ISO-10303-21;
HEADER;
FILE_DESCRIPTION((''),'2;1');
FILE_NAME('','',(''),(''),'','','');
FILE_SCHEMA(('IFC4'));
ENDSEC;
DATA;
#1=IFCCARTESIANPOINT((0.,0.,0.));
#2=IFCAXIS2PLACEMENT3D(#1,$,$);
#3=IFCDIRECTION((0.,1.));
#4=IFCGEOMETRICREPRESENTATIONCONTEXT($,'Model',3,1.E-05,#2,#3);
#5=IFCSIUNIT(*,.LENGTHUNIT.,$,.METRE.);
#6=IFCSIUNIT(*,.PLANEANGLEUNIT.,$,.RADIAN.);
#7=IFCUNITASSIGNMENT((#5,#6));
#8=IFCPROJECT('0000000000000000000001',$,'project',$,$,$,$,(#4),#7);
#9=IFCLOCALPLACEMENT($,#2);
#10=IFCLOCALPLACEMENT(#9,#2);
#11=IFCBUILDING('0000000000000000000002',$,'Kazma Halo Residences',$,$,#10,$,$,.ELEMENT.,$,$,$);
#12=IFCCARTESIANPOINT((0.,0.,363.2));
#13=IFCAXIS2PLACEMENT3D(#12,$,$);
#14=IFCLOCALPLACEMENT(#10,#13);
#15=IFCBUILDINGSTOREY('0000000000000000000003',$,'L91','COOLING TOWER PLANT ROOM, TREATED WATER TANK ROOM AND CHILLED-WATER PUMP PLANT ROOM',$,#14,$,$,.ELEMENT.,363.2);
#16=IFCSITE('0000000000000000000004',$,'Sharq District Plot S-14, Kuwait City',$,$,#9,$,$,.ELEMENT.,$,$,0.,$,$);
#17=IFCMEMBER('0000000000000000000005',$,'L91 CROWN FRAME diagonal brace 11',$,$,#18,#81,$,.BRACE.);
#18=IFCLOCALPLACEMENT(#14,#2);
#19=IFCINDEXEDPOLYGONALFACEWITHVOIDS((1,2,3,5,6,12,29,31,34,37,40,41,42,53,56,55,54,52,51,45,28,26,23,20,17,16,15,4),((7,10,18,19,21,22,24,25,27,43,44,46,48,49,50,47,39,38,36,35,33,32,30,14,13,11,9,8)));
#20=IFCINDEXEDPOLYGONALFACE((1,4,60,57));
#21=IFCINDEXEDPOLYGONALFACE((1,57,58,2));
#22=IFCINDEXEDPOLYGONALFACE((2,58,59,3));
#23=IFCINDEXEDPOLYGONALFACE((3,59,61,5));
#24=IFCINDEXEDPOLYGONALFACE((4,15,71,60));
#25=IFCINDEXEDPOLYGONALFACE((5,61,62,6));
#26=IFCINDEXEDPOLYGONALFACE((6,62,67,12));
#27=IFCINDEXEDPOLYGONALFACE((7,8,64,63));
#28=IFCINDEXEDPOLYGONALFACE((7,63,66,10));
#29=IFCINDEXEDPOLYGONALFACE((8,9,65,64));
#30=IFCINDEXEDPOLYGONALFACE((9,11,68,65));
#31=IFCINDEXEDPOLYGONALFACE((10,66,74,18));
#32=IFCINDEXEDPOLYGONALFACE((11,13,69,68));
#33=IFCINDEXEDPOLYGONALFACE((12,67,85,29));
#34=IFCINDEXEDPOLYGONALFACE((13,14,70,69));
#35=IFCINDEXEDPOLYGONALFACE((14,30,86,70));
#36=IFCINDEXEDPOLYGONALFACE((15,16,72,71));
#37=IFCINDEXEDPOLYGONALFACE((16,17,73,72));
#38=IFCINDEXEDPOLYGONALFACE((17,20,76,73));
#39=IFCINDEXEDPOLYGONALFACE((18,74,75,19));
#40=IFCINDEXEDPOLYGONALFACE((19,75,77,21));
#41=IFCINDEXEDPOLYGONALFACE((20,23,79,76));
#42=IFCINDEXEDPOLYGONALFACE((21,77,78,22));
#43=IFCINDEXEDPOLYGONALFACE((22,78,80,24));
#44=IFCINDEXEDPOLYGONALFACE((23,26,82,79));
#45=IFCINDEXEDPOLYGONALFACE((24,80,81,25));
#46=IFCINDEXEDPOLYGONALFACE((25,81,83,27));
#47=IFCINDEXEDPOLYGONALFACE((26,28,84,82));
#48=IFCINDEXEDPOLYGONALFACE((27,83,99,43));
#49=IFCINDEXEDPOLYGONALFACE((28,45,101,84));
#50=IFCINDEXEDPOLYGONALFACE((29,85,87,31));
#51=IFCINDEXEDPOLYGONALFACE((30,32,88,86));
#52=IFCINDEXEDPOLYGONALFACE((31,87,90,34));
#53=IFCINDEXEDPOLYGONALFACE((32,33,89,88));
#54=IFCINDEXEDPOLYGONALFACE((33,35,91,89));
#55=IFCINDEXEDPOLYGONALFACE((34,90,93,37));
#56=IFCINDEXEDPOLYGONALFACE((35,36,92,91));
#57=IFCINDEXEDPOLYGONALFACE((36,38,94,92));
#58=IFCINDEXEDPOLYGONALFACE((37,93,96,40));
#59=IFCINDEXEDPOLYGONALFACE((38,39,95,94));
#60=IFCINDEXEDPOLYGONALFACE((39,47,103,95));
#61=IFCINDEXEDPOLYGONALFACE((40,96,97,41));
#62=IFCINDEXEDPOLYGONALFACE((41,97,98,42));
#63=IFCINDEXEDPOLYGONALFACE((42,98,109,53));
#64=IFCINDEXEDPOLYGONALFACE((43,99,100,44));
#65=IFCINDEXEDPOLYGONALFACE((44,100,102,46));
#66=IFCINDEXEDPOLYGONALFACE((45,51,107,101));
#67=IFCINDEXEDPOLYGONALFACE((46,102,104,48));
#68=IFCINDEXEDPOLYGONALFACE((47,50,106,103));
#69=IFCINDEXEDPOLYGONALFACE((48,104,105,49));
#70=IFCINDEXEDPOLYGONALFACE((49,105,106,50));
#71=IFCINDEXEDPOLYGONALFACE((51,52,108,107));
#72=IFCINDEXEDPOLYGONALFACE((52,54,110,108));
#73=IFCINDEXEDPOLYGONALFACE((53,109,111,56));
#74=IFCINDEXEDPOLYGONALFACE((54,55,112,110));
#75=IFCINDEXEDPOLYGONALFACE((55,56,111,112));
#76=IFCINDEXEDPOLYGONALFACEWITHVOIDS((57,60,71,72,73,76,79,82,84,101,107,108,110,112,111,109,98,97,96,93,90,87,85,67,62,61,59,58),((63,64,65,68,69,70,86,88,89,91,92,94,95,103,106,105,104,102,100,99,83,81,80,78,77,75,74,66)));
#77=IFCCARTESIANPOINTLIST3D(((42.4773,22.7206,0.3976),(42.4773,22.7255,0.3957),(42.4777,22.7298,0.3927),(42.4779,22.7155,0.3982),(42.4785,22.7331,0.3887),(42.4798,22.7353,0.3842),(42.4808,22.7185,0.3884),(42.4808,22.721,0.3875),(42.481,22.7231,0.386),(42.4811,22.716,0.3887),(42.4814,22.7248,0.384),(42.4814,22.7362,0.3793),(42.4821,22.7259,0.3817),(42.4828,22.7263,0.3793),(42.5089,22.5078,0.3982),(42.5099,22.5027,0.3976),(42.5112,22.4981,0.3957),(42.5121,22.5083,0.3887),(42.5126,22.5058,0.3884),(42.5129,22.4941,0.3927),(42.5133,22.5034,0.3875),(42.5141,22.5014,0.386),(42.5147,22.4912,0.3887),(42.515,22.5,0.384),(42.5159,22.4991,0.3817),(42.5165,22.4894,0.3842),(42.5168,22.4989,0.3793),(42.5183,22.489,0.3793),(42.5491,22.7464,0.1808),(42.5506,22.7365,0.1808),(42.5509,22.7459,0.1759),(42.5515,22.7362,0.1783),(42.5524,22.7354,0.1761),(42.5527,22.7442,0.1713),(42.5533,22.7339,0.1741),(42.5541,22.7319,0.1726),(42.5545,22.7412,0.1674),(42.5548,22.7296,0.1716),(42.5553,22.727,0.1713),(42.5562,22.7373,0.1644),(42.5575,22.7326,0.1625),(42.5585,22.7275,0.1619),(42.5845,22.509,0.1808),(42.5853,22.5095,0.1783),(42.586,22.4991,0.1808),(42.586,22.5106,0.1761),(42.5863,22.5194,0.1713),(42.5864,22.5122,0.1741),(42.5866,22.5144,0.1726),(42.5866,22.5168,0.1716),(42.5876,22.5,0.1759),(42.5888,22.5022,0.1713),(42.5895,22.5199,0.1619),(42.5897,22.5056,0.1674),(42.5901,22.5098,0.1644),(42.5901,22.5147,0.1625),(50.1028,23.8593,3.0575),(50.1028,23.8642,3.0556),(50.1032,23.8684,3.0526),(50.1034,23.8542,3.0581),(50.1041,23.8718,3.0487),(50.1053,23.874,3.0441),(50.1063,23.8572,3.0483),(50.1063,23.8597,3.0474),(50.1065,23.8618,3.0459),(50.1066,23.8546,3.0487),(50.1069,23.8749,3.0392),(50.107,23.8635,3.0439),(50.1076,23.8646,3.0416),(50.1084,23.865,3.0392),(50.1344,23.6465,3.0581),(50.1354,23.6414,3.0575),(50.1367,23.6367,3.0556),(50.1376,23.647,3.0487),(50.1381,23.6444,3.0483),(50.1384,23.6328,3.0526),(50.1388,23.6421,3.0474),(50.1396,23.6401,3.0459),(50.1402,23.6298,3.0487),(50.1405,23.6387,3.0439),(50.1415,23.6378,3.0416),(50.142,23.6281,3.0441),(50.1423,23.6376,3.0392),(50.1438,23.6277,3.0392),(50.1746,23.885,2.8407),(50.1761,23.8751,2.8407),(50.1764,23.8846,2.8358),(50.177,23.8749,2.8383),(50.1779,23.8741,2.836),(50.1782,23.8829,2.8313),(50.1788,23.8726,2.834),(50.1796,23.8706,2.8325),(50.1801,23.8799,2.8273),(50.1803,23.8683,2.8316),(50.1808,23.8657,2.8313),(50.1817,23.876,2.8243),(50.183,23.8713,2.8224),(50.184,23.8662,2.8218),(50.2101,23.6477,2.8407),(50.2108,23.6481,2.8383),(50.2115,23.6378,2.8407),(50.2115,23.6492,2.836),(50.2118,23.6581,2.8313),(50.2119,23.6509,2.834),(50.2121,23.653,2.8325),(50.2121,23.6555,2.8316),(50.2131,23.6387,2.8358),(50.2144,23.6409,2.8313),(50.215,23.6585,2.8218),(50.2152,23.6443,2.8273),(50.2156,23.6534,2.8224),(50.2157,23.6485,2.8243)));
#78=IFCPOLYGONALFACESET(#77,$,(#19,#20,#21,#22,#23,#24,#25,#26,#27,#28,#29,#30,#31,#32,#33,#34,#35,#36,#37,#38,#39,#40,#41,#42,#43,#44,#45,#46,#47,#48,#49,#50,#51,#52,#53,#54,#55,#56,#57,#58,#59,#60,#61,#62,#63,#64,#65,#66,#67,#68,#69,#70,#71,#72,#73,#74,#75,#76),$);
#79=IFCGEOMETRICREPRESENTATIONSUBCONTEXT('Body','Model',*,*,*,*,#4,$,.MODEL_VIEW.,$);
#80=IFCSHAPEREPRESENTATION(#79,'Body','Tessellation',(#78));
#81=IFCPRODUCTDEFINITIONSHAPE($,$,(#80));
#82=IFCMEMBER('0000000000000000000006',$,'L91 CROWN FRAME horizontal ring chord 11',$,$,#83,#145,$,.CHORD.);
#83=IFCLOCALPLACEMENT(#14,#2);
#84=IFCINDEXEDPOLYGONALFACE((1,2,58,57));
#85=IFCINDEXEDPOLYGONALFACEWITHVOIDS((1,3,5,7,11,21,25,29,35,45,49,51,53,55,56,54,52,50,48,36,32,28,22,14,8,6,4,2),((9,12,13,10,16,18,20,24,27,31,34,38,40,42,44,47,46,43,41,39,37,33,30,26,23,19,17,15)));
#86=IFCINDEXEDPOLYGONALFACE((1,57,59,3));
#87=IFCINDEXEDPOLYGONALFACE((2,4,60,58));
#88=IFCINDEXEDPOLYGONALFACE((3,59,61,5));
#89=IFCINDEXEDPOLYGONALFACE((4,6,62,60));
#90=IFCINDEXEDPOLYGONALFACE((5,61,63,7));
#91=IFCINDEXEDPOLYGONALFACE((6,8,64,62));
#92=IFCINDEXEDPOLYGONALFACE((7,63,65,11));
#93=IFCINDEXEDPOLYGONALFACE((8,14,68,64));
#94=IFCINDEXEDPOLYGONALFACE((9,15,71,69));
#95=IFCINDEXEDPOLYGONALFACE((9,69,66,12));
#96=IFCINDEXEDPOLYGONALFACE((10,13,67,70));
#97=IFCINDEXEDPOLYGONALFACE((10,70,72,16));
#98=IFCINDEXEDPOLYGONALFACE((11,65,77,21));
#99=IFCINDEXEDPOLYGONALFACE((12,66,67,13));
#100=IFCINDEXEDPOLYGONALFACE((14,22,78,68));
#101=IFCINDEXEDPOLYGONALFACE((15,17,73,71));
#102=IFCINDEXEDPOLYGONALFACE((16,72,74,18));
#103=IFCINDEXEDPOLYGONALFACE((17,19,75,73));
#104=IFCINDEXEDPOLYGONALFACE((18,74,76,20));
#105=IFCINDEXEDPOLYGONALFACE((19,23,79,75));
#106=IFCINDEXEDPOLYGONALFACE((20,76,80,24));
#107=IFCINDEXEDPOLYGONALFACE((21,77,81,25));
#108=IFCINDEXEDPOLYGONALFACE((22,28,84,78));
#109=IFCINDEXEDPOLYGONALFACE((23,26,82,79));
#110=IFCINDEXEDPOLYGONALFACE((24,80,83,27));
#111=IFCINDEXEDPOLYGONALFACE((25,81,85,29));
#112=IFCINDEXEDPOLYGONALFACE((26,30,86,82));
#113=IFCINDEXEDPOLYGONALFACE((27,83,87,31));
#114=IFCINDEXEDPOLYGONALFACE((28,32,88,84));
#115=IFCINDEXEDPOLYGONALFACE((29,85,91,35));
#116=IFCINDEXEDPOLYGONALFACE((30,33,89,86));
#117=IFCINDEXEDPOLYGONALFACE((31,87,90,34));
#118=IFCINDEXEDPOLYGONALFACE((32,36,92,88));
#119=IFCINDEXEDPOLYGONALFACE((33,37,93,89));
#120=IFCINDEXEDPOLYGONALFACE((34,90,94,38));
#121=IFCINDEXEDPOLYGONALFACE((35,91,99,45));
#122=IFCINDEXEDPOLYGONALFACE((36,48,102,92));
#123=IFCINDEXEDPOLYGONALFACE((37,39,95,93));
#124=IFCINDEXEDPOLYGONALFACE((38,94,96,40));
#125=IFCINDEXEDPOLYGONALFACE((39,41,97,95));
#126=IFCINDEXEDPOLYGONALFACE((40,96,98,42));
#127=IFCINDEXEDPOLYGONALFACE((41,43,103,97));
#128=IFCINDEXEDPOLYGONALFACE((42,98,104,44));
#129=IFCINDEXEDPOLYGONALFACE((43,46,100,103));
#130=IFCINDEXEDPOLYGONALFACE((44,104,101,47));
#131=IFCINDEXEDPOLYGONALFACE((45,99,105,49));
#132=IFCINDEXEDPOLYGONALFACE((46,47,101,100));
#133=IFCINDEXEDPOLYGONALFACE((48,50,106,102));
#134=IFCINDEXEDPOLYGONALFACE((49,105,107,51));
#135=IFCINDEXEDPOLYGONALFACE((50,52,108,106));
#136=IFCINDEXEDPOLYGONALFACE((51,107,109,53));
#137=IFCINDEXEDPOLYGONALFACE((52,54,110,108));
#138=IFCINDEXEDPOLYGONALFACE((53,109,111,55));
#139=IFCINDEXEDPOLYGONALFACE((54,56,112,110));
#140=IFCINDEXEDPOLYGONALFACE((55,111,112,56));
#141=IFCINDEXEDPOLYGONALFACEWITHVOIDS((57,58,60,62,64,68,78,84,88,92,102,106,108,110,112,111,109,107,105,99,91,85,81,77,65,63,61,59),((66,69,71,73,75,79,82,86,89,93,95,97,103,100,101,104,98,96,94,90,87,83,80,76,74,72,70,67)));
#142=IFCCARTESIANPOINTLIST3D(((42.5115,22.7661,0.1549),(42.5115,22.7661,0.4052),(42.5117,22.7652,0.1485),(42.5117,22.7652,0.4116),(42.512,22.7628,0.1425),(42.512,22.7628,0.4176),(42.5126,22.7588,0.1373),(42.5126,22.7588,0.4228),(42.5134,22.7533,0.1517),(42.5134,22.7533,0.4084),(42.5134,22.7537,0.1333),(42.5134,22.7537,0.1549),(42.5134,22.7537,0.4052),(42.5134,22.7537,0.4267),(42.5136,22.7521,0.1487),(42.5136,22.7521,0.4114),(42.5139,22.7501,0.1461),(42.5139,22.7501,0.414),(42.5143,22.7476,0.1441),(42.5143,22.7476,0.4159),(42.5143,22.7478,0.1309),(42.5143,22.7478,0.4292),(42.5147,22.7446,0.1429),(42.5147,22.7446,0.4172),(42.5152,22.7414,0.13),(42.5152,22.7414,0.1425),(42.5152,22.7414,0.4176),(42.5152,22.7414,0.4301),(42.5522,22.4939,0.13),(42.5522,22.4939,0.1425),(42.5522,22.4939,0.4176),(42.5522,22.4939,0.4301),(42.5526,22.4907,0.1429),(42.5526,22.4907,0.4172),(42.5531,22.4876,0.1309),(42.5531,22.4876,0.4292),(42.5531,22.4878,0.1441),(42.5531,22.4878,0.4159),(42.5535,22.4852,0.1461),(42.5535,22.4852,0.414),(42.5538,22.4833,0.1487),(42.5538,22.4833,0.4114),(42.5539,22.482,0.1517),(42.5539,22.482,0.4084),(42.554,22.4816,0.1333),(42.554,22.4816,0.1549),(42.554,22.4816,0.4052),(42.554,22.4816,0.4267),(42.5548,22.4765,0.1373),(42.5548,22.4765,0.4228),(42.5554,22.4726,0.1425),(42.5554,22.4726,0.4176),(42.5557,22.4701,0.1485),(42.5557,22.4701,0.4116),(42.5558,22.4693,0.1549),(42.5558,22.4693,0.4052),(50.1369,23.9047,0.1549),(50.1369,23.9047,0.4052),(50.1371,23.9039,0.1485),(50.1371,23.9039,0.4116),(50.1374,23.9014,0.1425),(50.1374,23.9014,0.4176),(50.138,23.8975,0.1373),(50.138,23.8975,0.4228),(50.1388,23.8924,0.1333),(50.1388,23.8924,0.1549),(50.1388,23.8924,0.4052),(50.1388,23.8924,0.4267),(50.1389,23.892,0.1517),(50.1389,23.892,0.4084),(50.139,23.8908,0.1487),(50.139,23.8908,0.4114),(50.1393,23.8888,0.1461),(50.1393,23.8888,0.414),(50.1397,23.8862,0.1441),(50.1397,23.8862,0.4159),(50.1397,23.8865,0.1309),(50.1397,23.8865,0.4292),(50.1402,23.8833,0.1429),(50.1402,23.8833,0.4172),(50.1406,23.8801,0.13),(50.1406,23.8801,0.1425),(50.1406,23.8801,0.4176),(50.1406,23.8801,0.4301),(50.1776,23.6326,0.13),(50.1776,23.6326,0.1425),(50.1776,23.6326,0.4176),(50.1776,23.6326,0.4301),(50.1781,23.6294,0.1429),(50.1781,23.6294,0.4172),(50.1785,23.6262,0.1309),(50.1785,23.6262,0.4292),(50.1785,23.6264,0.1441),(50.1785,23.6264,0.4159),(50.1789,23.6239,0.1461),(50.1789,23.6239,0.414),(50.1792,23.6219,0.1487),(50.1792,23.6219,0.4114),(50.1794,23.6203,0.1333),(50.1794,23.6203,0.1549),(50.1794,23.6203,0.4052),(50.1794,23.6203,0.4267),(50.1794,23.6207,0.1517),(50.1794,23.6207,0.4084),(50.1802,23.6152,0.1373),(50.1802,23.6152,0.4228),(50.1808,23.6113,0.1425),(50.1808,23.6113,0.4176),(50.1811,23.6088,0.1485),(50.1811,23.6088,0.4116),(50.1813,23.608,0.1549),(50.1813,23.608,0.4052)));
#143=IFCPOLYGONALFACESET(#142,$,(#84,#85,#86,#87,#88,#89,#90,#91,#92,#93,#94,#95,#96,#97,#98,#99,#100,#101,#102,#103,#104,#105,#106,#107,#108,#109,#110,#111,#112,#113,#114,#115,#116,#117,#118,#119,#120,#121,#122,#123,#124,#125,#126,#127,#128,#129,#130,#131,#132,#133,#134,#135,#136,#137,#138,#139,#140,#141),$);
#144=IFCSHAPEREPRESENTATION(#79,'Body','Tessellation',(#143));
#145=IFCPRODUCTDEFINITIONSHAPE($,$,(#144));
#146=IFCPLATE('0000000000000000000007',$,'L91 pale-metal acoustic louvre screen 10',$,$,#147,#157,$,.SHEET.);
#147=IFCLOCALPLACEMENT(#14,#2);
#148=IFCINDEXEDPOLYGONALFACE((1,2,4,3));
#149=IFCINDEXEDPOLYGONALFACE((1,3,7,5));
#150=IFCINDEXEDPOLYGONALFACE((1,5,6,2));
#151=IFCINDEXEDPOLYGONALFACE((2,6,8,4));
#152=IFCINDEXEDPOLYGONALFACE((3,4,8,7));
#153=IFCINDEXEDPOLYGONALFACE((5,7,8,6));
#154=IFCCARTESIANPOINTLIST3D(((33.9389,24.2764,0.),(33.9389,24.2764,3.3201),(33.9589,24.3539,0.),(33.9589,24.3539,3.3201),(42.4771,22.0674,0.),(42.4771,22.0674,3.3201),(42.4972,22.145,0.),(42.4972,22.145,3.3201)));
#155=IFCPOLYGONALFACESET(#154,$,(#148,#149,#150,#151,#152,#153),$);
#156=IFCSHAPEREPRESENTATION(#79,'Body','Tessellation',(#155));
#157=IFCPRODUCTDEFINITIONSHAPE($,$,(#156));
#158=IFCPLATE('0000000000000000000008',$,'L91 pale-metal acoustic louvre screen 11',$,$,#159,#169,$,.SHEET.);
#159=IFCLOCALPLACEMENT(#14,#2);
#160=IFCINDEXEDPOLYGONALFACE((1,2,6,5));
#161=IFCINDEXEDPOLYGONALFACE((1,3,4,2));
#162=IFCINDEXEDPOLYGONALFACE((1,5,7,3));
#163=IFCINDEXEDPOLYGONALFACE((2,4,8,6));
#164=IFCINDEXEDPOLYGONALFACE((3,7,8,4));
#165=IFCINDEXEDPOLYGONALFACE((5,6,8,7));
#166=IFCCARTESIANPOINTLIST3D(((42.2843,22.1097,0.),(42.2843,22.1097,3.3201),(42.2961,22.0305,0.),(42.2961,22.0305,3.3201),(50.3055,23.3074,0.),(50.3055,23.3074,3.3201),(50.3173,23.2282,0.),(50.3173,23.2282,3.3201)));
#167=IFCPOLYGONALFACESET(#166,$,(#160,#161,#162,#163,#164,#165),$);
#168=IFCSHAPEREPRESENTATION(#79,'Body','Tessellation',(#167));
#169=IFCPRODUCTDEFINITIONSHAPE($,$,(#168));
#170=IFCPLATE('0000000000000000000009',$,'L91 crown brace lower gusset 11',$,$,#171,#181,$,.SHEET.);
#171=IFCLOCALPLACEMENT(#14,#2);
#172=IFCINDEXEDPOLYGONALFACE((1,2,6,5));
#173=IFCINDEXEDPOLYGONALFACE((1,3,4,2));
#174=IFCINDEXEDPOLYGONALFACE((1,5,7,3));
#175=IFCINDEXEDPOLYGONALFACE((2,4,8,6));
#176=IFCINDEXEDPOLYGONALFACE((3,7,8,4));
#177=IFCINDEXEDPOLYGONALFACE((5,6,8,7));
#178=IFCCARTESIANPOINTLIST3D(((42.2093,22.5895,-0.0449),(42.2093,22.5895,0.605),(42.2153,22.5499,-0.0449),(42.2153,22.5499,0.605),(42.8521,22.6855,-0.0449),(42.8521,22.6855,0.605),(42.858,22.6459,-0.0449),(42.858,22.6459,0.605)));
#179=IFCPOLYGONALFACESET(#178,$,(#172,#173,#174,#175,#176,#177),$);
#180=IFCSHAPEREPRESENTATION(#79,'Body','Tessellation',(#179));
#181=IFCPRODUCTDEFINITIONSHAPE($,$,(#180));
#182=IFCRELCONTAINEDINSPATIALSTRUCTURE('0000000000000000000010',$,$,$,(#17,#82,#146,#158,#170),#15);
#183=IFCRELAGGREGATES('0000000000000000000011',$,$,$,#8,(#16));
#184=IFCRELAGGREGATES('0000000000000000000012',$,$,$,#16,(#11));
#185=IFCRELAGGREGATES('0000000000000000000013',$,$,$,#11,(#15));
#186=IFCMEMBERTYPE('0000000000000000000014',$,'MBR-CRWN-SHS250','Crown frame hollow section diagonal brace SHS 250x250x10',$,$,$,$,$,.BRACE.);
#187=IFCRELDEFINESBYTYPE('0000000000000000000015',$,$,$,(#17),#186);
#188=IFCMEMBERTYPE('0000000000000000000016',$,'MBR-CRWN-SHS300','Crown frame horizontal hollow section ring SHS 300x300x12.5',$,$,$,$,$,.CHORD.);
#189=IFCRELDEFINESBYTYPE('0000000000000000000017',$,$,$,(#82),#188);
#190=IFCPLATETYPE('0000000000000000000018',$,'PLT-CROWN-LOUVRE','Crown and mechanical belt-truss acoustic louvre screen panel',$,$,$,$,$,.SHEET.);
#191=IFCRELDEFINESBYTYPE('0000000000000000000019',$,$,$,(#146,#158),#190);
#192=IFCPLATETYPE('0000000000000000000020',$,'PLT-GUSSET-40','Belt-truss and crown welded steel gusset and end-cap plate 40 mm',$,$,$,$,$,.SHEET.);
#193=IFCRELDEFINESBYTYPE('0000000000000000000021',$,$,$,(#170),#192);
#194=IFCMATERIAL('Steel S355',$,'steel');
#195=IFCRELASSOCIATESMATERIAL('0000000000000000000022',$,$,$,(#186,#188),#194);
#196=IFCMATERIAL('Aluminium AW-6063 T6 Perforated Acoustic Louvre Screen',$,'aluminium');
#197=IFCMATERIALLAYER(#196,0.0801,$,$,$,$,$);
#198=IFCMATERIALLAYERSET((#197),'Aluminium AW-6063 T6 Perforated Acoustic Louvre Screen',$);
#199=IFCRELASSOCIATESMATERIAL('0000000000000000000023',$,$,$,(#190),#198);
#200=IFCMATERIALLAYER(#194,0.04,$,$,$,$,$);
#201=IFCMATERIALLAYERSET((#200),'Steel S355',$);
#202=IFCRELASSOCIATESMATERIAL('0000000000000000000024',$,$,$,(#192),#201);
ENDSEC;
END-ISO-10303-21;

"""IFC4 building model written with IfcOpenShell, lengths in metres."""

from ifc_helpers import new_model, si_unit, direction, frame, origin, origin_2d, place, context, subcontext, project, spatial, rectangle, hollow_rectangle, extrude, material, layer, layer_set, material_profile, profile_set, type_object, element, save


model = new_model("IFC4")

# Units and contexts
model_context = context("Model", 3, precision=1e-05, world=origin(), true_north=direction((0.0, 1.0)))
body_context = subcontext(model_context, "Body", "Model", "MODEL_VIEW")
ifc_project = project(units=[si_unit("LENGTHUNIT", "METRE"), si_unit("PLANEANGLEUNIT", "RADIAN")], contexts=[model_context])

# Site, building, storey
site_placement = place(None, origin())
site = spatial("IfcSite", under=ifc_project, at=site_placement, Name="Sharq District Plot S-14, Kuwait City", CompositionType="ELEMENT", RefElevation=0.0)
building_placement = place(site_placement, origin())
building = spatial("IfcBuilding", under=site, at=building_placement, Name="Kazma Halo Residences", CompositionType="ELEMENT")
storey_placement = place(building_placement, frame((0.0, 0.0, 363.2)))
storey = spatial("IfcBuildingStorey", under=building, at=storey_placement, Name="L91", Description="COOLING TOWER PLANT ROOM, TREATED WATER TANK ROOM AND CHILLED-WATER PUMP PLANT ROOM", CompositionType="ELEMENT", Elevation=363.2)

# Shared definitions
ifc_material_1 = material(Name="Steel S355", Category="steel")

# Members
ifc_material_profile_1 = material_profile(ifc_material_1, hollow_rectangle(XDim=0.25, YDim=0.25, WallThickness=0.01, InnerFilletRadius=0.01, OuterFilletRadius=0.02, at=origin_2d()), Name="SHS250x250x10")
ifc_profile_set_1 = profile_set([ifc_material_profile_1], Name="Steel S355")
member_type_1 = type_object("IfcMemberType", Name="MBR-CRWN-SHS250", Description="Crown frame hollow section diagonal brace SHS 250x250x10", PredefinedType="BRACE", material=ifc_profile_set_1)
member_1_placement = place(storey_placement, frame((42.5337, 22.6177, 0.28), z_axis=(0.934958, 0.139612, 0.326131), x_axis=(-0.147687, 0.989034, 0.0)))
element("IfcMember", 1, at=member_1_placement, inside=storey, type_object=member_type_1, Name="L91 CROWN FRAME diagonal brace 11", PredefinedType="BRACE", context=body_context, shape_type="SweptSolid", body=[
    extrude(hollow_rectangle(XDim=0.25, YDim=0.25, WallThickness=0.01, InnerFilletRadius=0.01, OuterFilletRadius=0.02, at=origin_2d()), origin(), (0.0, 0.0, 1.0), 8.156),
])
ifc_material_profile_2 = material_profile(ifc_material_1, hollow_rectangle(XDim=0.3, YDim=0.3, WallThickness=0.0125, InnerFilletRadius=0.0125, OuterFilletRadius=0.0249, at=origin_2d()), Name="SHS300x300x12.5")
ifc_profile_set_2 = profile_set([ifc_material_profile_2], Name="Steel S355")
member_type_2 = type_object("IfcMemberType", Name="MBR-CRWN-SHS300", Description="Crown frame horizontal hollow section ring SHS 300x300x12.5", PredefinedType="CHORD", material=ifc_profile_set_2)
member_2_placement = place(storey_placement, frame((42.5337, 22.6177, 0.28), z_axis=(0.989034, 0.147687, 0.0), x_axis=(-0.147687, 0.989034, 0.0)))
element("IfcMember", 2, at=member_2_placement, inside=storey, type_object=member_type_2, Name="L91 CROWN FRAME horizontal ring chord 11", PredefinedType="CHORD", context=body_context, shape_type="SweptSolid", body=[
    extrude(hollow_rectangle(XDim=0.3, YDim=0.3, WallThickness=0.0125, InnerFilletRadius=0.0125, OuterFilletRadius=0.0249, at=origin_2d()), origin(), (0.0, 0.0, 1.0), 7.71),
])

# Plates
ifc_material_2 = material(Name="Aluminium AW-6063 T6 Perforated Acoustic Louvre Screen", Category="aluminium")
ifc_layer_1 = layer(ifc_material_2, 0.0801)
ifc_layer_set_1 = layer_set([ifc_layer_1], Name="Aluminium AW-6063 T6 Perforated Acoustic Louvre Screen")
plate_type_1 = type_object("IfcPlateType", Name="PLT-CROWN-LOUVRE", Description="Crown and mechanical belt-truss acoustic louvre screen panel", PredefinedType="SHEET", material=ifc_layer_set_1)
plate_1_placement = place(storey_placement, frame((38.218, 23.2107, 0.0), z_axis=(0.0, 0.0, 1.0), x_axis=(0.968124, -0.25047, 0.0)))
element("IfcPlate", 3, at=plate_1_placement, inside=storey, type_object=plate_type_1, Name="L91 pale-metal acoustic louvre screen 10", PredefinedType="SHEET", context=body_context, shape_type="SweptSolid", body=[
    extrude(rectangle(XDim=8.8193, YDim=0.0801, at=origin_2d()), origin(), (0.0, 0.0, 1.0), 3.3201),
])
plate_2_placement = place(storey_placement, frame((46.3008, 22.6689, 0.0), z_axis=(0.0, 0.0, 1.0), x_axis=(0.989034, 0.147687, 0.0)))
element("IfcPlate", 4, at=plate_2_placement, inside=storey, type_object=plate_type_1, Name="L91 pale-metal acoustic louvre screen 11", PredefinedType="SHEET", context=body_context, shape_type="SweptSolid", body=[
    extrude(rectangle(XDim=8.1101, YDim=0.0801, at=origin_2d()), origin(), (0.0, 0.0, 1.0), 3.3201),
])
ifc_layer_2 = layer(ifc_material_1, 0.04)
ifc_layer_set_2 = layer_set([ifc_layer_2], Name="Steel S355")
plate_type_2 = type_object("IfcPlateType", Name="PLT-GUSSET-40", Description="Belt-truss and crown welded steel gusset and end-cap plate 40 mm", PredefinedType="SHEET", material=ifc_layer_set_2)
plate_3_placement = place(storey_placement, frame((42.5337, 22.6177, -0.0449), z_axis=(0.0, 0.0, 1.0), x_axis=(0.989034, 0.147687, 0.0)))
element("IfcPlate", 5, at=plate_3_placement, inside=storey, type_object=plate_type_2, Name="L91 crown brace lower gusset 11", PredefinedType="SHEET", context=body_context, shape_type="SweptSolid", body=[
    extrude(rectangle(XDim=0.6499, YDim=0.04, at=origin_2d()), origin(), (0.0, 0.0, 1.0), 0.6499),
])

save(model, "model.ifc")
